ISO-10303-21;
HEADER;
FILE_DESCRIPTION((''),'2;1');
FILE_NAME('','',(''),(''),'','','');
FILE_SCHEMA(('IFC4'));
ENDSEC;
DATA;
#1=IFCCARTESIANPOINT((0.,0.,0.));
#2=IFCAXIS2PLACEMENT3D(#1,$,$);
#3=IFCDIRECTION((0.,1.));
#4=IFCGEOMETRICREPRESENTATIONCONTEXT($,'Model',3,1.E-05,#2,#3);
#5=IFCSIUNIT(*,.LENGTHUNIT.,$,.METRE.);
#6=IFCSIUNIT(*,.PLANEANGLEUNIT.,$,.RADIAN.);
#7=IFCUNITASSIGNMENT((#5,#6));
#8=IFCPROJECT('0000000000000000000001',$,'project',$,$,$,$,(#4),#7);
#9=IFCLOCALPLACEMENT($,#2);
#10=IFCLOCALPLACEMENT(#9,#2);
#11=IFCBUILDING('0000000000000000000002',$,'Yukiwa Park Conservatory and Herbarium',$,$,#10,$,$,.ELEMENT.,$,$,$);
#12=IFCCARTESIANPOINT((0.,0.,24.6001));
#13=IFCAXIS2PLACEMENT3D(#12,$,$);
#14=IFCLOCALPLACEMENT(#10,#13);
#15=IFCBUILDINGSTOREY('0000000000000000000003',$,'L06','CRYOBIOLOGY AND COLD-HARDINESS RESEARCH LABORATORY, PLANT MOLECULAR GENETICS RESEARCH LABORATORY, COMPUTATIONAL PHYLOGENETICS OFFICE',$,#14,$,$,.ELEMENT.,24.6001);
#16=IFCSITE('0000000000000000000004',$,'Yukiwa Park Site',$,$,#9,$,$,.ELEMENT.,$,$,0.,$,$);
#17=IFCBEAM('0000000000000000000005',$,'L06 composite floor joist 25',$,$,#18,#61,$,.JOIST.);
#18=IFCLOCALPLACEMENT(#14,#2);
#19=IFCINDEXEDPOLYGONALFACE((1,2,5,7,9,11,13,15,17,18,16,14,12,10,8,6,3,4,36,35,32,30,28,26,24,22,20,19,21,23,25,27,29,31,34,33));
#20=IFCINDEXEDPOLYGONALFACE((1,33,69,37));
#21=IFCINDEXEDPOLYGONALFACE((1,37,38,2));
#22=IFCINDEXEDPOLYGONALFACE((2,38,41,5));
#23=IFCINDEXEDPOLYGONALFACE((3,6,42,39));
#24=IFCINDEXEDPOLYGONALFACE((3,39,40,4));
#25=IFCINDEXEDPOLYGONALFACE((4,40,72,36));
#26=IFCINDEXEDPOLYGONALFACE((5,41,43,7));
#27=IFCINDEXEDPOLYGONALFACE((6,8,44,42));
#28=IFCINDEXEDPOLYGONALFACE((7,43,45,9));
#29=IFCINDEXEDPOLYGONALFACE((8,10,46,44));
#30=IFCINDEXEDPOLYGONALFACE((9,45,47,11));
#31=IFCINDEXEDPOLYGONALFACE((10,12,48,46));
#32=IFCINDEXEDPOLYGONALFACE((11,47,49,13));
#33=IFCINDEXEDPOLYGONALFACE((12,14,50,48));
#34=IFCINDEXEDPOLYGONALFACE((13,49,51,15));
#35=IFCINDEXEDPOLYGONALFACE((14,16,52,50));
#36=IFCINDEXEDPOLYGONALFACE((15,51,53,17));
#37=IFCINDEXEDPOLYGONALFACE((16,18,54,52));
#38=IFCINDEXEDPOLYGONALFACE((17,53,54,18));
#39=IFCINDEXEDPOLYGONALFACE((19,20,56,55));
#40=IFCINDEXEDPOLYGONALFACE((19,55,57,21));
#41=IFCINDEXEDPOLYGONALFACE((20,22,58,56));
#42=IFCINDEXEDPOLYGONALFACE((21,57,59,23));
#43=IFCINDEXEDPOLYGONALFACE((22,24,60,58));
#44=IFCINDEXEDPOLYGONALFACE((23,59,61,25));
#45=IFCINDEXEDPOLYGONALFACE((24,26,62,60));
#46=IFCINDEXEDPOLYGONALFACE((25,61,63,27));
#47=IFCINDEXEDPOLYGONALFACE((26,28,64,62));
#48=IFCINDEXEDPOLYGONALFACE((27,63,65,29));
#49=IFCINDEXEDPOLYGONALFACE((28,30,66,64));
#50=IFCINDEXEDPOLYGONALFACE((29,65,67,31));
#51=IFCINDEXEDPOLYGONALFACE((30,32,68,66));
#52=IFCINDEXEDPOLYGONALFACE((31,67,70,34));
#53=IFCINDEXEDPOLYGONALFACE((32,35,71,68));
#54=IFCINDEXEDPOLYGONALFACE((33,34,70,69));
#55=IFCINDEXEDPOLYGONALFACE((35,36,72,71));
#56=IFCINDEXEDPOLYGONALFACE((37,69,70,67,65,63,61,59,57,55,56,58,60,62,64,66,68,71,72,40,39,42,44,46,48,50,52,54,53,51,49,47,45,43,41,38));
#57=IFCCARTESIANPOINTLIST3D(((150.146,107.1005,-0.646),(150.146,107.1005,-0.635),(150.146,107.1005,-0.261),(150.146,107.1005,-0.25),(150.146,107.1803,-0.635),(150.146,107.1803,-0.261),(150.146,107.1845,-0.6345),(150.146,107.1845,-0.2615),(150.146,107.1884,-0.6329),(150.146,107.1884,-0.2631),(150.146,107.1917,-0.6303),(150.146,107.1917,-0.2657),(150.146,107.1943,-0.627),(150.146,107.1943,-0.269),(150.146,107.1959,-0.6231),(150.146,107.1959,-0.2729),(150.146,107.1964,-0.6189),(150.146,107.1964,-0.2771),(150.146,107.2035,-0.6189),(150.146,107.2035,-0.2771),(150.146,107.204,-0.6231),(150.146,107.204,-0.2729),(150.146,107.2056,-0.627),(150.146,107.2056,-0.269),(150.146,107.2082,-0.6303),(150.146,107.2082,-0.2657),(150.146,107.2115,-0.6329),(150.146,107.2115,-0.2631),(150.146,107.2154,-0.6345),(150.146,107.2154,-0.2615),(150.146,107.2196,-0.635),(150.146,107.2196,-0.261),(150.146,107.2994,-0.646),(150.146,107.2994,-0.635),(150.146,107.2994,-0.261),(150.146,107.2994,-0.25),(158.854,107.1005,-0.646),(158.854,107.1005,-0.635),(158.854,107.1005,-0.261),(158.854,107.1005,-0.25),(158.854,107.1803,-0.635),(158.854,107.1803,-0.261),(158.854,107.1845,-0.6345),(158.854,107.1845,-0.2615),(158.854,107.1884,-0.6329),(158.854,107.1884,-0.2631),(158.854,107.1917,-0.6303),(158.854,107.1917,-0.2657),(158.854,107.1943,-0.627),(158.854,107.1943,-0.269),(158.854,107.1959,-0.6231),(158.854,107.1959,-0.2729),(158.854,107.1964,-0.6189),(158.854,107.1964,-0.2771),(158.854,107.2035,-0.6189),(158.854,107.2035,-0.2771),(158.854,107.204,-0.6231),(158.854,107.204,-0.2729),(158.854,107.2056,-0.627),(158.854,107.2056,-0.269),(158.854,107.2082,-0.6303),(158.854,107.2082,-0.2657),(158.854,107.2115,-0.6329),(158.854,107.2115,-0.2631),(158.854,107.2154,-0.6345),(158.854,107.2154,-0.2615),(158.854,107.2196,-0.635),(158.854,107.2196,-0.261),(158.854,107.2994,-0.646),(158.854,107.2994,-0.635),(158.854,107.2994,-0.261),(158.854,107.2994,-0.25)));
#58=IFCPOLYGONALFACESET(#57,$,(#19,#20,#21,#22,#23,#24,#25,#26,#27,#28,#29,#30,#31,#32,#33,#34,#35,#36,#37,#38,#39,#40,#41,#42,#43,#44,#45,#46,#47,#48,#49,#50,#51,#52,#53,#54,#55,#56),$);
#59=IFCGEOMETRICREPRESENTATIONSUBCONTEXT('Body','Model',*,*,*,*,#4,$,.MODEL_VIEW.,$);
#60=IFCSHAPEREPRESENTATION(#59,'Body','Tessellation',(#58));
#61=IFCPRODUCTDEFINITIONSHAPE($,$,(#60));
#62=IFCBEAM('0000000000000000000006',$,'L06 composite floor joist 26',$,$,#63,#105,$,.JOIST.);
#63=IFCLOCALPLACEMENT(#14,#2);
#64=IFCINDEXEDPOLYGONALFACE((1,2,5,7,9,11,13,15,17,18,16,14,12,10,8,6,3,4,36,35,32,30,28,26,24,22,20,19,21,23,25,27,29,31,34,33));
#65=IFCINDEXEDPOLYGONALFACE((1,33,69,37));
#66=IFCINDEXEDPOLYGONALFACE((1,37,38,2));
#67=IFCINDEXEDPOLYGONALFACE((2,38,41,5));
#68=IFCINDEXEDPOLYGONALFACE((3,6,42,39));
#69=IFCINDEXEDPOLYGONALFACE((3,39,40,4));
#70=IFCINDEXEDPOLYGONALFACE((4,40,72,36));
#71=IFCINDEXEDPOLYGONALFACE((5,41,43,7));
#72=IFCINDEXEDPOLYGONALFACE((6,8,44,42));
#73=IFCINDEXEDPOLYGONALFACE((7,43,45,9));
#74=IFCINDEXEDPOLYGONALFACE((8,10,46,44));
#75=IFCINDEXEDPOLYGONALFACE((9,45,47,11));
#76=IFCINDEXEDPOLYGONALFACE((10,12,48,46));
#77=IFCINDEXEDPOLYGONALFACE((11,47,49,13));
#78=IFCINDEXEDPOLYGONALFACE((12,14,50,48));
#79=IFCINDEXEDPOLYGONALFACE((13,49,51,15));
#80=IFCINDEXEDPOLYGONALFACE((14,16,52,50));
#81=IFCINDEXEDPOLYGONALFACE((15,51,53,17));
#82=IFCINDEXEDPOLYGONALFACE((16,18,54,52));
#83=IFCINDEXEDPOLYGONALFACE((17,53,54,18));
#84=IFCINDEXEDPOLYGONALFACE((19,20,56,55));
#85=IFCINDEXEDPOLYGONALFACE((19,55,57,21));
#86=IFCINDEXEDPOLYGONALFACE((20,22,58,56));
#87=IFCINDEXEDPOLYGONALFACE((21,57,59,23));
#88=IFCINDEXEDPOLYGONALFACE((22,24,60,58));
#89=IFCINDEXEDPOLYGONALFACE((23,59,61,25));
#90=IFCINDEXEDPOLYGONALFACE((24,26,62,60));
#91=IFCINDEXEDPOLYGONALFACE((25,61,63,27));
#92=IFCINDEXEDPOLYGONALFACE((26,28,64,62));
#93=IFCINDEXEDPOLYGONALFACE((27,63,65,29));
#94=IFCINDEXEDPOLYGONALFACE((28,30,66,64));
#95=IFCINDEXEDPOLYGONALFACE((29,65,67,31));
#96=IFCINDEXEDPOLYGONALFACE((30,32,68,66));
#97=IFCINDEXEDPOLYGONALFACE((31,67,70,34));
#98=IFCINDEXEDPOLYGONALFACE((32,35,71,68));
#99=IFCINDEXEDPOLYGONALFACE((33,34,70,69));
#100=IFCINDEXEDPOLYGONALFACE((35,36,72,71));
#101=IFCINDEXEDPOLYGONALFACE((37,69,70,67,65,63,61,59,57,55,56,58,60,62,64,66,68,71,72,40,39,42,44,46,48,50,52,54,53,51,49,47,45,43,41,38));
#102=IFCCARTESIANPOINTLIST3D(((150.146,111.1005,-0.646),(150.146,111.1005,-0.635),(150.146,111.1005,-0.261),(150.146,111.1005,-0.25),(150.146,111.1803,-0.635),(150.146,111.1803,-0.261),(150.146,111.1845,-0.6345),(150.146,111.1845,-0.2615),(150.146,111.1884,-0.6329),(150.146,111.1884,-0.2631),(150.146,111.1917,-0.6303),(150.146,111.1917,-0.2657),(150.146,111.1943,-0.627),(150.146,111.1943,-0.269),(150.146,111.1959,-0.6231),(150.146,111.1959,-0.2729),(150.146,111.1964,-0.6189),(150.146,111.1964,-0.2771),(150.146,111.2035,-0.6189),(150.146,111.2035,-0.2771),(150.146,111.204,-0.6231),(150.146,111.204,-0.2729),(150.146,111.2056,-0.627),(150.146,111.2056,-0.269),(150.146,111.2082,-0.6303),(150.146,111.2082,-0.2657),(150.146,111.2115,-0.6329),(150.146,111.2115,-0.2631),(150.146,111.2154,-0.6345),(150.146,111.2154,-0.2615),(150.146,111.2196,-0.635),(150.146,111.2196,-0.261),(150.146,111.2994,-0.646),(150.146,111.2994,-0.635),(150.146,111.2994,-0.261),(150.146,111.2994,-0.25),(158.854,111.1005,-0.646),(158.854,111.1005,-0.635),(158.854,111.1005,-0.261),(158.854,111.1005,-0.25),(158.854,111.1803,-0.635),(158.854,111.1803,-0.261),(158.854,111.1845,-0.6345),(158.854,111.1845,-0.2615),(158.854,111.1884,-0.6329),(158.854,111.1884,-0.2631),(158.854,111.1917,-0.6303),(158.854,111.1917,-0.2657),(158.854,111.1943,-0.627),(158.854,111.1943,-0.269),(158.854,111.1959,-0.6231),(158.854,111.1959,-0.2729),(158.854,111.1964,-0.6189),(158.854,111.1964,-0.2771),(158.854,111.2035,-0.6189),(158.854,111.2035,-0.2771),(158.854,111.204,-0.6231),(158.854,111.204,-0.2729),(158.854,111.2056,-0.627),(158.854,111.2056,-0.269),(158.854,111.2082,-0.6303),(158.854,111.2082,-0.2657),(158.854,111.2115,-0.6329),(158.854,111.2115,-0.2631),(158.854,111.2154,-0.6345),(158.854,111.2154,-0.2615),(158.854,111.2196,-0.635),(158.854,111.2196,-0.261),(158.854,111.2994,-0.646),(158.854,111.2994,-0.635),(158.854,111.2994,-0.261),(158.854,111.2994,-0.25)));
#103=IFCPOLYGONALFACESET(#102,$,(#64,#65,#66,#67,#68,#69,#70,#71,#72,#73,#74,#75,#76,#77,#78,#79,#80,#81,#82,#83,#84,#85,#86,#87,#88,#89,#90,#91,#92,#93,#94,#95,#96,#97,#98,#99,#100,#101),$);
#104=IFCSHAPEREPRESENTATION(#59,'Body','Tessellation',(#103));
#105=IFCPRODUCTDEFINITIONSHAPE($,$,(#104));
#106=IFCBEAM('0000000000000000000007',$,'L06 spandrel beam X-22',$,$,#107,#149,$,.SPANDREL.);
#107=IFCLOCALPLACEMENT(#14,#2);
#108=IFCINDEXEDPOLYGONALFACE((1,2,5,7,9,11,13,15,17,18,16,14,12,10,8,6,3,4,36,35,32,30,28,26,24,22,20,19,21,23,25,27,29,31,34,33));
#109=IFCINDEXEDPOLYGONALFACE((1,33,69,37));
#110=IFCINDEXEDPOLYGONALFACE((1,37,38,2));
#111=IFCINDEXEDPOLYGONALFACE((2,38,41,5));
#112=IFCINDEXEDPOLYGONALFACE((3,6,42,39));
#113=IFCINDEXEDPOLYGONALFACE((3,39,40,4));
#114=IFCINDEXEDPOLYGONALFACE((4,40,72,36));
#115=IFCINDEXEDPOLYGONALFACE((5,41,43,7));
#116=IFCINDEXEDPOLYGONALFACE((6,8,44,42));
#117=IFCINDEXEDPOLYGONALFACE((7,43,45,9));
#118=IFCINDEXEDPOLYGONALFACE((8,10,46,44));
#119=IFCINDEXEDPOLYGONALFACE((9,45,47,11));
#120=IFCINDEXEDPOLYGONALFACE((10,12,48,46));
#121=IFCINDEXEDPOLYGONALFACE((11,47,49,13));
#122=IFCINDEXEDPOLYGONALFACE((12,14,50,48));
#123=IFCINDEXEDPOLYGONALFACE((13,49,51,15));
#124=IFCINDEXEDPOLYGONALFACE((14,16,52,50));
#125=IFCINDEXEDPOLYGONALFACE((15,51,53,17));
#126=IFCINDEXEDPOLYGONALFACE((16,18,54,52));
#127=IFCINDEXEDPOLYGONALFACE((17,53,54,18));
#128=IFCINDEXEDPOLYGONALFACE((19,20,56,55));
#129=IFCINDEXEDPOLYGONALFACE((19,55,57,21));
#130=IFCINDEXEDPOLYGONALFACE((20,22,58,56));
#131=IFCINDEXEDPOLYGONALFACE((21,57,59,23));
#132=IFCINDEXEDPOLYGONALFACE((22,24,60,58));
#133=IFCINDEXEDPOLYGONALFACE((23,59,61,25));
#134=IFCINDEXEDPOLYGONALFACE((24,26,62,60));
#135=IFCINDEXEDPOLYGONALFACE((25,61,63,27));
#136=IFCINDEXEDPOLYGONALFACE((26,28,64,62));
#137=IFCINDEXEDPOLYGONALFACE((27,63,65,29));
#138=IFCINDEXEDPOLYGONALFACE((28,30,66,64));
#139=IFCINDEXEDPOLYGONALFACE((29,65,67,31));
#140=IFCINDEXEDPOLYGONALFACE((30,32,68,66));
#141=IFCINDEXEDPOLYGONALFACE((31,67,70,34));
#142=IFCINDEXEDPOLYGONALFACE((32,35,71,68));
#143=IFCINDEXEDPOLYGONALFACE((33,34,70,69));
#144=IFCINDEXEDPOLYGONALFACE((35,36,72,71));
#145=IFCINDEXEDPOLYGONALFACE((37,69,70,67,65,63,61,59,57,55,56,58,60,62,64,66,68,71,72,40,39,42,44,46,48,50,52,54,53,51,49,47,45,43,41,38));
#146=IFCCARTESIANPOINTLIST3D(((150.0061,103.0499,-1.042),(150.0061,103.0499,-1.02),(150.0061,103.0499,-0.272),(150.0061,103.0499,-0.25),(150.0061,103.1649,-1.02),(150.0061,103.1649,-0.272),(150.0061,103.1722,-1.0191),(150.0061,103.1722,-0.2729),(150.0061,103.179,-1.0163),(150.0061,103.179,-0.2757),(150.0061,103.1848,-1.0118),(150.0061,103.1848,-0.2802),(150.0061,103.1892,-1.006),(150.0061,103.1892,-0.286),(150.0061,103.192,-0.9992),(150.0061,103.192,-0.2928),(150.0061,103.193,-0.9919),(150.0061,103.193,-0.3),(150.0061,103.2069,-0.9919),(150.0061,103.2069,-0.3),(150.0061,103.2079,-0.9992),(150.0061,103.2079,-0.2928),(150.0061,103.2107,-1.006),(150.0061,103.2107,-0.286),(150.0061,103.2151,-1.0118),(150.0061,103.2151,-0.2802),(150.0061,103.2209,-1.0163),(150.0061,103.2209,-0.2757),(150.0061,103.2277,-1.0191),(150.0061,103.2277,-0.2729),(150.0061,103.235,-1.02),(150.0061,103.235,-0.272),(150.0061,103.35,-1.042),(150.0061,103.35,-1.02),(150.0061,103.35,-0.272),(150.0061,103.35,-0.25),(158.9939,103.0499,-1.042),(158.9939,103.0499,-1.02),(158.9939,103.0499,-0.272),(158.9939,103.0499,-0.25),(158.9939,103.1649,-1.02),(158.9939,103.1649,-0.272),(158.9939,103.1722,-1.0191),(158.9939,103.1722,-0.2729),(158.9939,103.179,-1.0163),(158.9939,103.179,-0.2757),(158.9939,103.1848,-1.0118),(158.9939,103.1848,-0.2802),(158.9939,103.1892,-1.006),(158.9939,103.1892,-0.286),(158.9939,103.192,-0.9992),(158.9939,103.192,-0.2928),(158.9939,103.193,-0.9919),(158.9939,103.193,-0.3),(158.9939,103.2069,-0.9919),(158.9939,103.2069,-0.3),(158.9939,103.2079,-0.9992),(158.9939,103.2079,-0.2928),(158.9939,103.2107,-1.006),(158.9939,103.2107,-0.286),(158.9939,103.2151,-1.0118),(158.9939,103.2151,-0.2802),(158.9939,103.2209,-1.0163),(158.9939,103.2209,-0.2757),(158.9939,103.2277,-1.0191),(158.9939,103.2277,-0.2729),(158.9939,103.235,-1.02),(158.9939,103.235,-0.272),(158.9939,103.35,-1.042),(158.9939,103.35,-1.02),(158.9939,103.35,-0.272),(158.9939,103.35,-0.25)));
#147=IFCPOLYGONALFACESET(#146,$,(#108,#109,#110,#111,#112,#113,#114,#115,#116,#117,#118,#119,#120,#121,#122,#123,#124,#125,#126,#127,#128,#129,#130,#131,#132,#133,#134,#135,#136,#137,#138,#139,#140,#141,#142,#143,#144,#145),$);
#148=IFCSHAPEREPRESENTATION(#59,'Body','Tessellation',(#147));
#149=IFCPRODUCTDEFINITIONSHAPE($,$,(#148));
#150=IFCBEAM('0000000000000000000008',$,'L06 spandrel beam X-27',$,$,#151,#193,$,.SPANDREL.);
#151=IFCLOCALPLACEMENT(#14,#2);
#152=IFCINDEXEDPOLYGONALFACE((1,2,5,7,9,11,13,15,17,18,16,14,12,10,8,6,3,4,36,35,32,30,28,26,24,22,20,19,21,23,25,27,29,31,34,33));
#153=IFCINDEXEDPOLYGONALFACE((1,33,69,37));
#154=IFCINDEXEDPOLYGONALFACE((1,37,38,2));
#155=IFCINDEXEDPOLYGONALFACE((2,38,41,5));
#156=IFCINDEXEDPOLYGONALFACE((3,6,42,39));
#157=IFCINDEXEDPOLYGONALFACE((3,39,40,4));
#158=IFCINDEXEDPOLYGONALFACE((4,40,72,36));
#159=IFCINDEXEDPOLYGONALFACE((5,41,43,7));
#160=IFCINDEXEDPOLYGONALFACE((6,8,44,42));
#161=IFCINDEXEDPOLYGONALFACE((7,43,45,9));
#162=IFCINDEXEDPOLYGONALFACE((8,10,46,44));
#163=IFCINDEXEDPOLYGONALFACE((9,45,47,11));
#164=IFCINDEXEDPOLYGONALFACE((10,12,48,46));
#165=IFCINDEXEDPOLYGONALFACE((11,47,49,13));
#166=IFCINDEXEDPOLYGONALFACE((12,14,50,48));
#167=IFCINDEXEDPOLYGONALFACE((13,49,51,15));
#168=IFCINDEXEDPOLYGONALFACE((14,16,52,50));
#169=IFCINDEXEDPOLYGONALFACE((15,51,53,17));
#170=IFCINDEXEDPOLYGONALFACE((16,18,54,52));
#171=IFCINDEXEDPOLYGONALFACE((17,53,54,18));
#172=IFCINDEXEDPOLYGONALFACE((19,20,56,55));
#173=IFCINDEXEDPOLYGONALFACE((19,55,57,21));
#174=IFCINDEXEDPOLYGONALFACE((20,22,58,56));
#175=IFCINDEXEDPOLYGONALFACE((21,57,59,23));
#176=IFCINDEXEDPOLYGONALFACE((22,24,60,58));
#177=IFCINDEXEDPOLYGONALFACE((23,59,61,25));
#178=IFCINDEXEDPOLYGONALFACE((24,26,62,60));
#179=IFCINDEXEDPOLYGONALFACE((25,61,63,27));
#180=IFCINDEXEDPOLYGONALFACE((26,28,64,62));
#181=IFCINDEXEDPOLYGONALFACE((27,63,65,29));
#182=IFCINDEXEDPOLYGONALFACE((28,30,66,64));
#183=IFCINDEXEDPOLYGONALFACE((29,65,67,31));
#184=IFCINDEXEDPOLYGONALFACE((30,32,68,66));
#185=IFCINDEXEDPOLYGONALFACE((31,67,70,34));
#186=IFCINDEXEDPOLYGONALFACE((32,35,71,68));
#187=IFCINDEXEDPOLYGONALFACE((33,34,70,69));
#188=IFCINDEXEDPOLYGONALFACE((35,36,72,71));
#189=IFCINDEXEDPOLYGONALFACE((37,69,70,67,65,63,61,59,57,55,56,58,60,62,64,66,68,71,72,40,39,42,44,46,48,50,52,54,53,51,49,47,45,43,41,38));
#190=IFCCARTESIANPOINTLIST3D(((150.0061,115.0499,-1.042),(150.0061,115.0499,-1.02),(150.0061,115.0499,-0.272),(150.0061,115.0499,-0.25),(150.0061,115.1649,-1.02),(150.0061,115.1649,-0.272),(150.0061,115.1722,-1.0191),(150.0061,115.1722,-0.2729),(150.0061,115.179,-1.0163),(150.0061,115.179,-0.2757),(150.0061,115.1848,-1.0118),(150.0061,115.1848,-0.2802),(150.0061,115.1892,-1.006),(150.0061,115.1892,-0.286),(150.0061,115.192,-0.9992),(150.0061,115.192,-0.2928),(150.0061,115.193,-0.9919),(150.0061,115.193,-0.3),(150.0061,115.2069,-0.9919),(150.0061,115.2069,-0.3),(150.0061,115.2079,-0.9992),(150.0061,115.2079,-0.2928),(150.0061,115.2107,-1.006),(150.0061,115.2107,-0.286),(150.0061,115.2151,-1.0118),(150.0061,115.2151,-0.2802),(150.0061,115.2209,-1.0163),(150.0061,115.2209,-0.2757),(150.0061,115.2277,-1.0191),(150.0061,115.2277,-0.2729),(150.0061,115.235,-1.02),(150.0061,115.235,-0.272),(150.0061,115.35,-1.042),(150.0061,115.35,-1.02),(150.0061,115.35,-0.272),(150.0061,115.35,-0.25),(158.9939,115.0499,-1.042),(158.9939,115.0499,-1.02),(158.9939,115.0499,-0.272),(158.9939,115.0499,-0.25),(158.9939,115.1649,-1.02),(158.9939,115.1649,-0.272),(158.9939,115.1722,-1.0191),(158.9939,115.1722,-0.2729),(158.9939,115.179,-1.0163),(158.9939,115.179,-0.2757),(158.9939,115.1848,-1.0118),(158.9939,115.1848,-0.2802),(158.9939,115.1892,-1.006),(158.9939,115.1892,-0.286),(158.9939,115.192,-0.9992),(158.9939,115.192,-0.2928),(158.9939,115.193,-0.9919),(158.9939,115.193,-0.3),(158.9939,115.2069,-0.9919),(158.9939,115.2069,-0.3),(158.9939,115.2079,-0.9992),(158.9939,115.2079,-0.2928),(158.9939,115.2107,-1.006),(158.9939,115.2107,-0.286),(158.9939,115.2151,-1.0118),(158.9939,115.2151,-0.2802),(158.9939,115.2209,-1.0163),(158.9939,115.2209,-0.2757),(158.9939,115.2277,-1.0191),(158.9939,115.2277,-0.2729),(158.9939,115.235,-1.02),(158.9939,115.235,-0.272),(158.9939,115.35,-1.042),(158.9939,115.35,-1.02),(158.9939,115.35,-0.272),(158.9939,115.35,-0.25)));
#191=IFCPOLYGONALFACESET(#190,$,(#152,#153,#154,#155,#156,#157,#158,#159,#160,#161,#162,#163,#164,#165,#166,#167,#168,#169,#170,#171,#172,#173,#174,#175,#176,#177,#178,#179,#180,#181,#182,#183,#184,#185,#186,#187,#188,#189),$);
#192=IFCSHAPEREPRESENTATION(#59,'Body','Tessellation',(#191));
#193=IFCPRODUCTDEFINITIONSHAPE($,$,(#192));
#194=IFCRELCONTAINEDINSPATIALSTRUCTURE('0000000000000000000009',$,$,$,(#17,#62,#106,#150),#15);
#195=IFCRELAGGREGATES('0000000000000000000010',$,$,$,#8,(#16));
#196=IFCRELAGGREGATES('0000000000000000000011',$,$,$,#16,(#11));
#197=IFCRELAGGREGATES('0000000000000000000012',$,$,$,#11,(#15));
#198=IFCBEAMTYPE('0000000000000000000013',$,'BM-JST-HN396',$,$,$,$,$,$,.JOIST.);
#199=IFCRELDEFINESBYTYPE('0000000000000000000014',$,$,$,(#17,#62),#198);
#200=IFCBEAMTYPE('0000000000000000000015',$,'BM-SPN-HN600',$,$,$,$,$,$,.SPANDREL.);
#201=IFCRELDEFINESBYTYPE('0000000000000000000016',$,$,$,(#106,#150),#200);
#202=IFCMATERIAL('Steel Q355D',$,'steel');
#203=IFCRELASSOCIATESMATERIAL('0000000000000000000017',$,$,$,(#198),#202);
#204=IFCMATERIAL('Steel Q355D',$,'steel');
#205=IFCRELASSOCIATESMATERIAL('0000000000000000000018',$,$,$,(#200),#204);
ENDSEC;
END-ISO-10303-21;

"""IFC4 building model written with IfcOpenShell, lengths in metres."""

from ifc_helpers import new_model, si_unit, direction, frame, origin, origin_2d, place, context, subcontext, project, spatial, i_section, extrude, material, material_profile, profile_set, type_object, element, save


model = new_model("IFC4")

# Units and contexts
model_context = context("Model", 3, precision=1e-05, world=origin(), true_north=direction((0.0, 1.0)))
body_context = subcontext(model_context, "Body", "Model", "MODEL_VIEW")
ifc_project = project(units=[si_unit("LENGTHUNIT", "METRE"), si_unit("PLANEANGLEUNIT", "RADIAN")], contexts=[model_context])

# Site, building, storey
site_placement = place(None, origin())
site = spatial("IfcSite", under=ifc_project, at=site_placement, Name="Yukiwa Park Site", CompositionType="ELEMENT", RefElevation=0.0)
building_placement = place(site_placement, origin())
building = spatial("IfcBuilding", under=site, at=building_placement, Name="Yukiwa Park Conservatory and Herbarium", CompositionType="ELEMENT")
storey_placement = place(building_placement, frame((0.0, 0.0, 24.6001)))
storey = spatial("IfcBuildingStorey", under=building, at=storey_placement, Name="L06", Description="CRYOBIOLOGY AND COLD-HARDINESS RESEARCH LABORATORY, PLANT MOLECULAR GENETICS RESEARCH LABORATORY, COMPUTATIONAL PHYLOGENETICS OFFICE", CompositionType="ELEMENT", Elevation=24.6001)

# Beams
ifc_material_1 = material(Name="Steel Q355D", Category="steel")
ifc_material_profile_1 = material_profile(ifc_material_1, i_section(OverallWidth=0.199, OverallDepth=0.396, WebThickness=0.0071, FlangeThickness=0.011, FilletRadius=0.0161, at=origin_2d()), Name="HN 396x199x7x11")
ifc_profile_set_1 = profile_set([ifc_material_profile_1], Name="Steel Q355D")
beam_type_1 = type_object("IfcBeamType", Name="BM-JST-HN396", PredefinedType="JOIST", material=ifc_profile_set_1)
for number, where, z_axis, x_axis, name in (
    (1, (150.146, 107.2, -0.448), (1.0, 0.0, 0.0), (0.0, 1.0, 0.0), "L06 composite floor joist 25"),
    (2, (150.146, 111.2, -0.448), (1.0, 0.0, 0.0), (0.0, 1.0, 0.0), "L06 composite floor joist 26"),
):
    element("IfcBeam", number, at=place(storey_placement, frame(where, z_axis=z_axis, x_axis=x_axis)), inside=storey, type_object=beam_type_1, Name=name, PredefinedType="JOIST", context=body_context, shape_type="SweptSolid", body=[
        extrude(i_section(OverallWidth=0.199, OverallDepth=0.396, WebThickness=0.0071, FlangeThickness=0.011, FilletRadius=0.0161, at=origin_2d()), origin(), (0.0, 0.0, 1.0), 8.708),
    ])
ifc_material_2 = material(Name="Steel Q355D", Category="steel")
ifc_material_profile_2 = material_profile(ifc_material_2, i_section(OverallWidth=0.3, OverallDepth=0.792, WebThickness=0.0139, FlangeThickness=0.022, FilletRadius=0.0281, at=origin_2d()), Name="HN 792x300x14x22")
ifc_profile_set_2 = profile_set([ifc_material_profile_2], Name="Steel Q355D")
beam_type_2 = type_object("IfcBeamType", Name="BM-SPN-HN600", PredefinedType="SPANDREL", material=ifc_profile_set_2)
for number, where, z_axis, x_axis, name in (
    (3, (150.0061, 103.2, -0.646), (1.0, 0.0, 0.0), (0.0, 1.0, 0.0), "L06 spandrel beam X-22"),
    (4, (150.0061, 115.2, -0.646), (1.0, 0.0, 0.0), (0.0, 1.0, 0.0), "L06 spandrel beam X-27"),
):
    element("IfcBeam", number, at=place(storey_placement, frame(where, z_axis=z_axis, x_axis=x_axis)), inside=storey, type_object=beam_type_2, Name=name, PredefinedType="SPANDREL", context=body_context, shape_type="SweptSolid", body=[
        extrude(i_section(OverallWidth=0.3, OverallDepth=0.792, WebThickness=0.0139, FlangeThickness=0.022, FilletRadius=0.0281, at=origin_2d()), origin(), (0.0, 0.0, 1.0), 8.9878),
    ])

save(model, "model.ifc")
